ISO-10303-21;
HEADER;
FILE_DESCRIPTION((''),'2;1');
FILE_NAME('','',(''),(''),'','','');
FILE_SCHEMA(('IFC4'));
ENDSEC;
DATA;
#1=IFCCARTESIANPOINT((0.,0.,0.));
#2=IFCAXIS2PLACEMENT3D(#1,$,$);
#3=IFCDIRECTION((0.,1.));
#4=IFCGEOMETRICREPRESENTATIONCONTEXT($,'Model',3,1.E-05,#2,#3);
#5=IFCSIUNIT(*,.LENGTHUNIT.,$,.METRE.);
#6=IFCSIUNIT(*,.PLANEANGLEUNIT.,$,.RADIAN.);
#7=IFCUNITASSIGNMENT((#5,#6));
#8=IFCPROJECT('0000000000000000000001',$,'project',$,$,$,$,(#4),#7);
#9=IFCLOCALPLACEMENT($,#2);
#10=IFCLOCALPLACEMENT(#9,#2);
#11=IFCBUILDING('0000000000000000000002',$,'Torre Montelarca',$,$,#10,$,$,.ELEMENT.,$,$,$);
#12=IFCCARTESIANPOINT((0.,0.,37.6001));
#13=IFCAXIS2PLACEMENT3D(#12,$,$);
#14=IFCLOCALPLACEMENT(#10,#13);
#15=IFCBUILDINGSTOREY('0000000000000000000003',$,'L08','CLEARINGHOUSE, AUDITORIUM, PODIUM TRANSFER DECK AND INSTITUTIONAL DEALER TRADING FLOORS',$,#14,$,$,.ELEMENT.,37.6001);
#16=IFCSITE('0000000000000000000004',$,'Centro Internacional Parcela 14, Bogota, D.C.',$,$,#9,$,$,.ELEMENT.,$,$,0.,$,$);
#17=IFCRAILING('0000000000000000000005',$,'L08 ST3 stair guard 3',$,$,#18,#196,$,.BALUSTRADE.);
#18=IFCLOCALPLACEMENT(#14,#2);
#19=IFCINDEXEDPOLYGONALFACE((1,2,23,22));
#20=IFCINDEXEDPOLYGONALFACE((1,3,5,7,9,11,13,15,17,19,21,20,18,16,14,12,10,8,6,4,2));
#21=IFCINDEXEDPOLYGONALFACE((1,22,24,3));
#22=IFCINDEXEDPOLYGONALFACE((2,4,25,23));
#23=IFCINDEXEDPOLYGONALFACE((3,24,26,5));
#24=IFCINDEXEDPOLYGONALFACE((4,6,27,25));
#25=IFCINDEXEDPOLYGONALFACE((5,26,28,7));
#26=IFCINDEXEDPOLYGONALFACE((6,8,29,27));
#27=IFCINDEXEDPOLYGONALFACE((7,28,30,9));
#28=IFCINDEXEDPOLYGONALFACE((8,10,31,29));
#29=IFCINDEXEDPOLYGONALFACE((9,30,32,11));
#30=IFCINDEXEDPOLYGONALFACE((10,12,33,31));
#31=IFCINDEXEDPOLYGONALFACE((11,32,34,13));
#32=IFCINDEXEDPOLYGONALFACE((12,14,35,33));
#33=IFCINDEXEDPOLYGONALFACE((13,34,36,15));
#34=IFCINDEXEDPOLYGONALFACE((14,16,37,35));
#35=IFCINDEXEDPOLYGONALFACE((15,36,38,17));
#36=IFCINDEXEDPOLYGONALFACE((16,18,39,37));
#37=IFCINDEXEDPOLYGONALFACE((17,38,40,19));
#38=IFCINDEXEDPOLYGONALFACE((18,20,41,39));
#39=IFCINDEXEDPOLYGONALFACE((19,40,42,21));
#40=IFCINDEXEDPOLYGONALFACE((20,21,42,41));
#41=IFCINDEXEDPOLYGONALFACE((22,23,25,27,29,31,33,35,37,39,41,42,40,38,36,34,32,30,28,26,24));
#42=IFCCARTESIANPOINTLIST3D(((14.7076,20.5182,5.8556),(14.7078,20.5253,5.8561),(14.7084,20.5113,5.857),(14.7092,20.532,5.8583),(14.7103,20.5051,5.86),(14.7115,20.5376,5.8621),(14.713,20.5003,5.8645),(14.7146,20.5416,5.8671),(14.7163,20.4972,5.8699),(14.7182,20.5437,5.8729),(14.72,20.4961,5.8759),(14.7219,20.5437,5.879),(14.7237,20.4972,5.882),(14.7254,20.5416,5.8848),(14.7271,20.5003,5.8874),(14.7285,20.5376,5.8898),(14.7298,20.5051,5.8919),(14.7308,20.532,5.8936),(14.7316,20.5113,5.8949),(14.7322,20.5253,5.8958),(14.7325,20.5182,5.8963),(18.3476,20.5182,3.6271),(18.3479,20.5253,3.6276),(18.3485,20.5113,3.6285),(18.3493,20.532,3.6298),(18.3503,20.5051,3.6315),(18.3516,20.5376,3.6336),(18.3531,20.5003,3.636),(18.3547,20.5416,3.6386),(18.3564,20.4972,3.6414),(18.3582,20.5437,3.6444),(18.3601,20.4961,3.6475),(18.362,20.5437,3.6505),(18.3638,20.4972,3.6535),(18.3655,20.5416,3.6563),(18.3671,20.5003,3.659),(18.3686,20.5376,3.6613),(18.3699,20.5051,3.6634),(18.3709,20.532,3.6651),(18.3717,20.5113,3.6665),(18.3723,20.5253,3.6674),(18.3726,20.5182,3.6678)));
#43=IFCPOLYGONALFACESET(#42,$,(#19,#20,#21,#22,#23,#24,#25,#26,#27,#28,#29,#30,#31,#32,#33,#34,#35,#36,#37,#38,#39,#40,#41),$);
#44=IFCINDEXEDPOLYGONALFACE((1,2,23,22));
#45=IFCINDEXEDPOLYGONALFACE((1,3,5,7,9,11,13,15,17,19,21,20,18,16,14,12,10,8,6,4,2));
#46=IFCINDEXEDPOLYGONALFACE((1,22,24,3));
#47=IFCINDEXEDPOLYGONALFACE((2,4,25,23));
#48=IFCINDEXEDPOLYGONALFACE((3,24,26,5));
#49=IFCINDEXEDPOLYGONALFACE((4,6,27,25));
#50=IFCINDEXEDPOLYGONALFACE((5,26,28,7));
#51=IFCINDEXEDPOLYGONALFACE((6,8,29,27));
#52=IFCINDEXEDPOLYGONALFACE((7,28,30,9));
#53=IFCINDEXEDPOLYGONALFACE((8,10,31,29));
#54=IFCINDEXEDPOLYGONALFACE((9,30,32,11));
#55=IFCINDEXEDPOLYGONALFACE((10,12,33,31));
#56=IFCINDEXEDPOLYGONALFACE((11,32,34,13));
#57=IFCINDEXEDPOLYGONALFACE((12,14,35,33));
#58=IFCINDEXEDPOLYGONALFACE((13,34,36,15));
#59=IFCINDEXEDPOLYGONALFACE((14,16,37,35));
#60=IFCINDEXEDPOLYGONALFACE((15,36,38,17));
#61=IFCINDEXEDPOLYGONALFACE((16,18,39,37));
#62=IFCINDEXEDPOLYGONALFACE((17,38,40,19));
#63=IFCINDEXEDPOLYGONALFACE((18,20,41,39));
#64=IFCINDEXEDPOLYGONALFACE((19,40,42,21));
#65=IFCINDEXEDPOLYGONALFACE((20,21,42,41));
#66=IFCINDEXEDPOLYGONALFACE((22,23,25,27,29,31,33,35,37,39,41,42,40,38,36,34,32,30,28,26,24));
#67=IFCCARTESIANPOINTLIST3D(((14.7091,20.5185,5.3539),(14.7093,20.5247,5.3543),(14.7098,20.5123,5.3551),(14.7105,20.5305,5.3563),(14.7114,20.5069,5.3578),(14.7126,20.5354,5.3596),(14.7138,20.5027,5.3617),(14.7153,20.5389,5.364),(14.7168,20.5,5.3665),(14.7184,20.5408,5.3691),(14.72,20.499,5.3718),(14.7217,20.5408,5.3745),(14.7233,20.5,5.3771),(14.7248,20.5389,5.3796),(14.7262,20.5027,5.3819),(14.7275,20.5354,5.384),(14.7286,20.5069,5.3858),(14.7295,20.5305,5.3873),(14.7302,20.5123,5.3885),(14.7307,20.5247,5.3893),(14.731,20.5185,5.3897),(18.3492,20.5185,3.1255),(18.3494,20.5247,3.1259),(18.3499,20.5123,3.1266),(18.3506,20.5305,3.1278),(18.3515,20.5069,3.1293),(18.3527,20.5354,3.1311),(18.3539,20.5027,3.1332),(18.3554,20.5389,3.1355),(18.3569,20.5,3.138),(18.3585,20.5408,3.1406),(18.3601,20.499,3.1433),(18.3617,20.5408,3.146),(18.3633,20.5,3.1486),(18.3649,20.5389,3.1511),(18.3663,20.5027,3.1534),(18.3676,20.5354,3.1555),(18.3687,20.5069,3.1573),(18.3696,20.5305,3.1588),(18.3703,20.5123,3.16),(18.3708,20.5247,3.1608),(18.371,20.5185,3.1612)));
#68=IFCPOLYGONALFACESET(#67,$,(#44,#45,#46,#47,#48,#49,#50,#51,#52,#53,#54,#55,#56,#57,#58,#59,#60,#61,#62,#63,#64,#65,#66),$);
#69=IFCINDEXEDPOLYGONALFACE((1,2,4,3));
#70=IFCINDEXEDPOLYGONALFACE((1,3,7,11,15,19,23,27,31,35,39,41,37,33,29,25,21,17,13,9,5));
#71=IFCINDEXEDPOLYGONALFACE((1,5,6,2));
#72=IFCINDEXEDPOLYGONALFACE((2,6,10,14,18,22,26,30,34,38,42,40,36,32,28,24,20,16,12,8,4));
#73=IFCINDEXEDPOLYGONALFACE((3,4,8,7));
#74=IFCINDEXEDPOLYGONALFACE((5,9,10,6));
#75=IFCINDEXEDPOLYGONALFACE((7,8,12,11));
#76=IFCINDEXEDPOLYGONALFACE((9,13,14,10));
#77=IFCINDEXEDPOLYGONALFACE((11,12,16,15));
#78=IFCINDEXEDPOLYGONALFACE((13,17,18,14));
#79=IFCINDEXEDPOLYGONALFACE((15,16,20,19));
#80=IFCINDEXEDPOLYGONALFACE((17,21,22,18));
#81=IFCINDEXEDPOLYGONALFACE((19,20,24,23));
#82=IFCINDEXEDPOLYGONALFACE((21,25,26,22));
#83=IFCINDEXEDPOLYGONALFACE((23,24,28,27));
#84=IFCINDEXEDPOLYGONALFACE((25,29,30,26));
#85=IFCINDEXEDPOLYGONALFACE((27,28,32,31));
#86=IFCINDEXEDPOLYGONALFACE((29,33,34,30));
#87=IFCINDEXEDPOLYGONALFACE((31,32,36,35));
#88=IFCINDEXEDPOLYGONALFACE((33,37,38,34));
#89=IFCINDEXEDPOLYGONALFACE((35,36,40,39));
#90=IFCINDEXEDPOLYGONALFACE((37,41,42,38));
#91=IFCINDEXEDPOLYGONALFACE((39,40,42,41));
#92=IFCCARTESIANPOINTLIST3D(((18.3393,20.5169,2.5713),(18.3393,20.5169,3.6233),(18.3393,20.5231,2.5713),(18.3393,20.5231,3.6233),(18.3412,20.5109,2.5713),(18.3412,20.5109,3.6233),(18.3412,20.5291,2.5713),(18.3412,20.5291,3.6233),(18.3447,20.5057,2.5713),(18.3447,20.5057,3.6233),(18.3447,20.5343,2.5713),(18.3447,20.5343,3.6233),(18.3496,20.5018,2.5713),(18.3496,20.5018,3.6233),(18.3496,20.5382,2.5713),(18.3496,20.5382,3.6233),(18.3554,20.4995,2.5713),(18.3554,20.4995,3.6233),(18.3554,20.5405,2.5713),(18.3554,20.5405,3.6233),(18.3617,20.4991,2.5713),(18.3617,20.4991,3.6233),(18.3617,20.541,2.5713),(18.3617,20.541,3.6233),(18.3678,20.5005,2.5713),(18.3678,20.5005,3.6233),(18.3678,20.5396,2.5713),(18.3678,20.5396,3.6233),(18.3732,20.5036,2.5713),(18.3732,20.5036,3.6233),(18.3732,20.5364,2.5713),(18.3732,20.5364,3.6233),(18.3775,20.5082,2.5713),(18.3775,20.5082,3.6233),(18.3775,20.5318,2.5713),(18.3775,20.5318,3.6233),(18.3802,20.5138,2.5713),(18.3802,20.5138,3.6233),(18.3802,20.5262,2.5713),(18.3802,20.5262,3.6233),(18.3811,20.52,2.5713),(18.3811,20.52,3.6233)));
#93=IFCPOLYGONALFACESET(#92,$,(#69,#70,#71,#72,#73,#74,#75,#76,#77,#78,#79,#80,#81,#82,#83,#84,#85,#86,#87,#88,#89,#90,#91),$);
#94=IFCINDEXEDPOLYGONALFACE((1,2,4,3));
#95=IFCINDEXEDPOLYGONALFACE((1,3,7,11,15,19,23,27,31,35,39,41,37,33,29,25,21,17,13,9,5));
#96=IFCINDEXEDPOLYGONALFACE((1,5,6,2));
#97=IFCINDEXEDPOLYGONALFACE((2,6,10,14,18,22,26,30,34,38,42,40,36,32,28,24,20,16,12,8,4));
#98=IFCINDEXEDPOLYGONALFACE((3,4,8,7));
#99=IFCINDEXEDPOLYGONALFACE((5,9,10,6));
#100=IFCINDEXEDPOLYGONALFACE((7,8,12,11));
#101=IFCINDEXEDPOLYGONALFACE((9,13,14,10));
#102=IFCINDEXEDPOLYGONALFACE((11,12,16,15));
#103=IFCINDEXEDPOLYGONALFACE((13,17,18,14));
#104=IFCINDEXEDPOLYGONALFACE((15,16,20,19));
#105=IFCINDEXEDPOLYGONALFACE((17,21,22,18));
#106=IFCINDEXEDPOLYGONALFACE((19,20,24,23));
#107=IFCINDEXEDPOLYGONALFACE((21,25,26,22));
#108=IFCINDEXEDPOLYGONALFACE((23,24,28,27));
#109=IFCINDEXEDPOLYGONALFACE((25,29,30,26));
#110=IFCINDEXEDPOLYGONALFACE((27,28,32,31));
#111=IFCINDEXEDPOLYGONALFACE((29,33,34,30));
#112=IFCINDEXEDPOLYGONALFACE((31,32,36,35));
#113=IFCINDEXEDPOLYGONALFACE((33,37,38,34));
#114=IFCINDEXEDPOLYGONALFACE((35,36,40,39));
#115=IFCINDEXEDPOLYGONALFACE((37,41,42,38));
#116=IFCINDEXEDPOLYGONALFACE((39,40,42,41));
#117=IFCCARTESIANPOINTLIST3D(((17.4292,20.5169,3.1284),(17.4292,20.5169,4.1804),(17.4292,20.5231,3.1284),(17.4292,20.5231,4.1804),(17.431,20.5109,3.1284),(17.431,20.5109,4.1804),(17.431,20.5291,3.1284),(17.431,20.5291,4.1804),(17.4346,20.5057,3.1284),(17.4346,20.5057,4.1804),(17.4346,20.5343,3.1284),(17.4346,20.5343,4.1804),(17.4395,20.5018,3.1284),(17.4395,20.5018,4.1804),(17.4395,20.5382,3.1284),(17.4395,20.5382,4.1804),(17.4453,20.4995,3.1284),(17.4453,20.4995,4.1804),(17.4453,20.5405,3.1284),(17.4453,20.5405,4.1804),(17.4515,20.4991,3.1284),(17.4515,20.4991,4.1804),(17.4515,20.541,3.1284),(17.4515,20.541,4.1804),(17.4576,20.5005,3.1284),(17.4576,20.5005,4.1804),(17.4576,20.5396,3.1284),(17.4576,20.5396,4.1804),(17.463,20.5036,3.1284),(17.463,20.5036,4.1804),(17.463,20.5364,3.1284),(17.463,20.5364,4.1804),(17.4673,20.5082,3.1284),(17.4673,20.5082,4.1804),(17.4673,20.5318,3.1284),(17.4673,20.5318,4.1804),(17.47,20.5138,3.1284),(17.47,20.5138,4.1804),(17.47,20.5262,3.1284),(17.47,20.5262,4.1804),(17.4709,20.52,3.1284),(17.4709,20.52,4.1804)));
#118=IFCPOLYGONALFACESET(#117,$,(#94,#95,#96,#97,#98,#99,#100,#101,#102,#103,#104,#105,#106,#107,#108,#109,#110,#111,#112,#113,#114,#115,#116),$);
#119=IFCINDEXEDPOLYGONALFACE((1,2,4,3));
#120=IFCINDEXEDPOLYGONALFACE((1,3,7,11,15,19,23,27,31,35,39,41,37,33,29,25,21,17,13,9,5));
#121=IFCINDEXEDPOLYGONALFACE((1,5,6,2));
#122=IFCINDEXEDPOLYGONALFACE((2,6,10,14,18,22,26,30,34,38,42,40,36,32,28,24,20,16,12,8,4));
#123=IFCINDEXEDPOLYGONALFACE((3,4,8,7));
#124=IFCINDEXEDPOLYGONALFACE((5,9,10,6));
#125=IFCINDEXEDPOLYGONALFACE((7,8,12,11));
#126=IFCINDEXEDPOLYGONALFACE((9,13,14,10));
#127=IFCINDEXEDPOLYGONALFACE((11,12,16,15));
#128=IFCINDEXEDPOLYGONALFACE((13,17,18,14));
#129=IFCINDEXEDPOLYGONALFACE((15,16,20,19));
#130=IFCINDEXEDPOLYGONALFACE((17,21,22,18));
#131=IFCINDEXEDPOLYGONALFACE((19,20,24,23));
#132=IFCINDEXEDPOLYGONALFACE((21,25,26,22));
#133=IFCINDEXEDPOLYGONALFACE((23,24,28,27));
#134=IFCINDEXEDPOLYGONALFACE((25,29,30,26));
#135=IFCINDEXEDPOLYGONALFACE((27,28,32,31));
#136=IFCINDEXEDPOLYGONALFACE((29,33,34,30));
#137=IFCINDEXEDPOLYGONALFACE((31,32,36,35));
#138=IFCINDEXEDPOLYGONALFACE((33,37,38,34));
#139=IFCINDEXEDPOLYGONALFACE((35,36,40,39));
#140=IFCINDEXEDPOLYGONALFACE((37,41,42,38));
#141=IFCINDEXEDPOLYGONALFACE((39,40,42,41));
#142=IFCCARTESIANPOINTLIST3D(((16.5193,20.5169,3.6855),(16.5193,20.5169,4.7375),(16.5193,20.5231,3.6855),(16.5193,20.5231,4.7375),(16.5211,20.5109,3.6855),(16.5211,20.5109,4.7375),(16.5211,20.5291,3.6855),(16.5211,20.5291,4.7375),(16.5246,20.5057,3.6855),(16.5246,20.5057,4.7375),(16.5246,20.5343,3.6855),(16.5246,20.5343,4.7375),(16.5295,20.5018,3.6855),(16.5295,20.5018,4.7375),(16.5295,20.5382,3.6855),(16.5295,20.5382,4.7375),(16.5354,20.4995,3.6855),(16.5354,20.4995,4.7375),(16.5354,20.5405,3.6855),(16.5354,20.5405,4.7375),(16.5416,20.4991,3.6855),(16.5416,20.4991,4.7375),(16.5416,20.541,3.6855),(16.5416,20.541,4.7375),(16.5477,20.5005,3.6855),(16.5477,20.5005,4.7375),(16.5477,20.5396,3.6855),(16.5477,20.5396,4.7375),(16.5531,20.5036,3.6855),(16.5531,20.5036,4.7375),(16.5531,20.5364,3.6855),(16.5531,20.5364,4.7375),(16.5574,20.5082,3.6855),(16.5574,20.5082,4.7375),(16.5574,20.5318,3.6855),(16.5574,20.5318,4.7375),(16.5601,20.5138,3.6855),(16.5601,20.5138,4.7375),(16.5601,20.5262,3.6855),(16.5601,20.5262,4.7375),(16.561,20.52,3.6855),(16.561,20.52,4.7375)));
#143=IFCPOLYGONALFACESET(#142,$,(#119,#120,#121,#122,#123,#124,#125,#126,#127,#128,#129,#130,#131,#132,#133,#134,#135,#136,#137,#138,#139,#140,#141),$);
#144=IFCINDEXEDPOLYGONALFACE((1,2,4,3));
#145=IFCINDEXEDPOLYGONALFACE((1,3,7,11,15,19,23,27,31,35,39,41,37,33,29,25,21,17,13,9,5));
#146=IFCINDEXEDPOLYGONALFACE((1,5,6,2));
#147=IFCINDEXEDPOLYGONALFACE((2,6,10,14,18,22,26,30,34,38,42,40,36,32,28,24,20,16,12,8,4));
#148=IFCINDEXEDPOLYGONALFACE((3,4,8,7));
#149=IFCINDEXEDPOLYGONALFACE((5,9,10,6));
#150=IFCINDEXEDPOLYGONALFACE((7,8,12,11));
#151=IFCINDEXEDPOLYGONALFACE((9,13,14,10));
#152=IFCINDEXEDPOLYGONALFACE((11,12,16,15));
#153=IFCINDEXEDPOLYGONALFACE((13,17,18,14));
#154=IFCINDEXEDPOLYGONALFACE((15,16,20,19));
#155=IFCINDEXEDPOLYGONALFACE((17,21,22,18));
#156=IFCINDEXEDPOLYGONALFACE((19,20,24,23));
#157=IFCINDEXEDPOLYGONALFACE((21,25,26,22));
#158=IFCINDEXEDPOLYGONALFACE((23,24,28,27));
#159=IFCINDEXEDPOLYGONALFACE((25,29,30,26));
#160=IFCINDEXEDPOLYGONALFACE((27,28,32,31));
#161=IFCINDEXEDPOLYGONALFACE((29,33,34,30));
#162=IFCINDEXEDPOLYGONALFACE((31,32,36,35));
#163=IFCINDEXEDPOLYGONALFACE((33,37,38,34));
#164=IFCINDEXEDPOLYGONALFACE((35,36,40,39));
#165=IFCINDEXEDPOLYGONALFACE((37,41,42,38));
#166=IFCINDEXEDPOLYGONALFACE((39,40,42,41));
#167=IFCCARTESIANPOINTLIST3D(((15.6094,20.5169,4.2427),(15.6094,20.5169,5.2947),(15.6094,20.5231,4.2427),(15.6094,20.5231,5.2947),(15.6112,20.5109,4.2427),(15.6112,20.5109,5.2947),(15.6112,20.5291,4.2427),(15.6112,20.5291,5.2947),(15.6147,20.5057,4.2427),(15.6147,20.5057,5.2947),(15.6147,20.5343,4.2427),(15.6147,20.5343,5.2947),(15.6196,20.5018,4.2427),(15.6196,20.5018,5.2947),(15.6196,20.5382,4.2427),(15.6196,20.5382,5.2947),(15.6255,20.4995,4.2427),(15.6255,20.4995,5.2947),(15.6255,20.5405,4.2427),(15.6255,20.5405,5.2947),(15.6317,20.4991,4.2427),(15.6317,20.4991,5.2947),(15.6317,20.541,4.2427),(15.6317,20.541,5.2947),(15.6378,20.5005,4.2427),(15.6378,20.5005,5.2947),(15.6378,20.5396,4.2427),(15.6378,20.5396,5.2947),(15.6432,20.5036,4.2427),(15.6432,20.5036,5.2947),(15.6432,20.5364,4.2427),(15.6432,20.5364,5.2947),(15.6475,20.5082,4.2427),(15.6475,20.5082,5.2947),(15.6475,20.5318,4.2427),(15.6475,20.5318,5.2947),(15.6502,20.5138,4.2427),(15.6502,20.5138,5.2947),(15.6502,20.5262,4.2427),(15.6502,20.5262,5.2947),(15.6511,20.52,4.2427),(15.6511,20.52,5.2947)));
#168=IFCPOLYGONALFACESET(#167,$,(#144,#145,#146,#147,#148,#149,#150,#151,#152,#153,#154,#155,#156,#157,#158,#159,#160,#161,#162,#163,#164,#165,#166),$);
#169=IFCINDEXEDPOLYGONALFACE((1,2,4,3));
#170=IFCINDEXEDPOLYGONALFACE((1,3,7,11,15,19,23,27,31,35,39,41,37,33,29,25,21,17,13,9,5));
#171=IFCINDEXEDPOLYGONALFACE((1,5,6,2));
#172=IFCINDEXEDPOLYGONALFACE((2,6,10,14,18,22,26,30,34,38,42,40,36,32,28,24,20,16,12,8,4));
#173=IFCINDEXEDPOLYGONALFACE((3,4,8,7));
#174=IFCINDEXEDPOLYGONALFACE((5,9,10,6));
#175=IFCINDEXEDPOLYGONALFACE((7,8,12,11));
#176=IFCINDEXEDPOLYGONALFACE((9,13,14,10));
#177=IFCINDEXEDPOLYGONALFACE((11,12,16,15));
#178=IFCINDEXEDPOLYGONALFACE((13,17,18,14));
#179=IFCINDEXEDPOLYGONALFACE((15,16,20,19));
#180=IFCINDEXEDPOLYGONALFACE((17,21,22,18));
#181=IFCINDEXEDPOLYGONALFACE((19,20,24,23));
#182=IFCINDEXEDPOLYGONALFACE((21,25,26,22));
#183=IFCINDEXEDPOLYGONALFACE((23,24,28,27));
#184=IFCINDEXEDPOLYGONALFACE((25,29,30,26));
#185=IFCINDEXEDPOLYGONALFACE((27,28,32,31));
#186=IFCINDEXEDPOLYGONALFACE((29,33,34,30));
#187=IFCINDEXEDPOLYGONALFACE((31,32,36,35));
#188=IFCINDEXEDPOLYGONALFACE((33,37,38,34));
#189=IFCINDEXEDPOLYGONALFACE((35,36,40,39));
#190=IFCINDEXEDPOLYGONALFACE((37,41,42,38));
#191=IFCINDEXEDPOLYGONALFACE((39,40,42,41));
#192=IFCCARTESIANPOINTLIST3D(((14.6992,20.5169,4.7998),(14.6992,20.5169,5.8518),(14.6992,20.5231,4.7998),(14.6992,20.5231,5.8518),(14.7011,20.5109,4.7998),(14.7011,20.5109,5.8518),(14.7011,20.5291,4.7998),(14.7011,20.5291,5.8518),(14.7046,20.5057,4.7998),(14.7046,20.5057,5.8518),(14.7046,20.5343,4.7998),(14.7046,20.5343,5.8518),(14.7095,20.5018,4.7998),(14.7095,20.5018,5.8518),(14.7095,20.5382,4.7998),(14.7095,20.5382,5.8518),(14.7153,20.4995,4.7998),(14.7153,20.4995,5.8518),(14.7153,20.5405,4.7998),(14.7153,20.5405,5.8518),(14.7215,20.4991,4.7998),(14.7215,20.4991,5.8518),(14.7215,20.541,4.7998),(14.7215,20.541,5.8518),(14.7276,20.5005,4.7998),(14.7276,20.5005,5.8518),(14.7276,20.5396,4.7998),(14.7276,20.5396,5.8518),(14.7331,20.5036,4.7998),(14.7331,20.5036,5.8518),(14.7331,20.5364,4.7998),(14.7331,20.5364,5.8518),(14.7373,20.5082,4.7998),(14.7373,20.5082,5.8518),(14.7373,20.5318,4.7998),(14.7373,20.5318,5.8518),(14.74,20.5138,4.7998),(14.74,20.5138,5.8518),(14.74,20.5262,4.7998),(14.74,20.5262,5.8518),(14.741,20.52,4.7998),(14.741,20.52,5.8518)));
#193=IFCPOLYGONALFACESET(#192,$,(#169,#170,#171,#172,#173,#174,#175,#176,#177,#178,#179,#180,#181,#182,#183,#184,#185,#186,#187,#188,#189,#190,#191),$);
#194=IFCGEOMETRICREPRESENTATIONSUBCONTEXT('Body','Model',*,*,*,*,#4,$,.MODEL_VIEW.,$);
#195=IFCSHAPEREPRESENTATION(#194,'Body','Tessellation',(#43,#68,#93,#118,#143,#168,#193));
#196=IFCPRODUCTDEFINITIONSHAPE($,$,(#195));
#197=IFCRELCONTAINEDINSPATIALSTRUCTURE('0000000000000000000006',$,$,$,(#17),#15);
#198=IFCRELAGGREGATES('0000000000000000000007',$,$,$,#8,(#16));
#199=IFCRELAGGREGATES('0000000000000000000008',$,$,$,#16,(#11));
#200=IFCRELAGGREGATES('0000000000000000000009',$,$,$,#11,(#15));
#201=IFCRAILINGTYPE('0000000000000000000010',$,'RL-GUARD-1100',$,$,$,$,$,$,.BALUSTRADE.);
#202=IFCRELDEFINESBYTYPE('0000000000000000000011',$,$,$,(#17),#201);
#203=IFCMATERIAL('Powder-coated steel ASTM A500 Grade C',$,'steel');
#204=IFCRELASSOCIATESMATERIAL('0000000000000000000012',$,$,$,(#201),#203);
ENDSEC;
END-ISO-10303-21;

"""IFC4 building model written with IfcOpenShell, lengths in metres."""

from ifc_helpers import new_model, si_unit, direction, frame, origin, origin_2d, place, context, subcontext, project, spatial, circle, extrude, material, type_object, element, save


model = new_model("IFC4")

# Units and contexts
model_context = context("Model", 3, precision=1e-05, world=origin(), true_north=direction((0.0, 1.0)))
body_context = subcontext(model_context, "Body", "Model", "MODEL_VIEW")
ifc_project = project(units=[si_unit("LENGTHUNIT", "METRE"), si_unit("PLANEANGLEUNIT", "RADIAN")], contexts=[model_context])

# Site, building, storey
site_placement = place(None, origin())
site = spatial("IfcSite", under=ifc_project, at=site_placement, Name="Centro Internacional Parcela 14, Bogota, D.C.", CompositionType="ELEMENT", RefElevation=0.0)
building_placement = place(site_placement, origin())
building = spatial("IfcBuilding", under=site, at=building_placement, Name="Torre Montelarca", CompositionType="ELEMENT")
storey_placement = place(building_placement, frame((0.0, 0.0, 37.6001)))
storey = spatial("IfcBuildingStorey", under=building, at=storey_placement, Name="L08", Description="CLEARINGHOUSE, AUDITORIUM, PODIUM TRANSFER DECK AND INSTITUTIONAL DEALER TRADING FLOORS", CompositionType="ELEMENT", Elevation=37.6001)

# Railing
ifc_material_1 = material(Name="Powder-coated steel ASTM A500 Grade C", Category="steel")
railing_type_1 = type_object("IfcRailingType", Name="RL-GUARD-1100", PredefinedType="BALUSTRADE", material=ifc_material_1)
railing_1_placement = place(storey_placement, frame((18.3601, 20.52, 2.5713)))
element("IfcRailing", 1, at=railing_1_placement, inside=storey, type_object=railing_type_1, Name="L08 ST3 stair guard 3", PredefinedType="BALUSTRADE", context=body_context, shape_type="SweptSolid", body=[
    extrude(circle(Radius=0.0239, at=origin_2d()), frame((0.0, 0.0, 1.0762), z_axis=(-0.852866, 0.0, 0.52213), x_axis=(0.0, -1.0, 0.0)), (0.0, 0.0, 1.0), 4.2681),
    extrude(circle(Radius=0.021, at=origin_2d()), frame((0.0, 0.0, 0.572), z_axis=(-0.852866, 0.0, 0.52213), x_axis=(0.0, -1.0, 0.0)), (0.0, 0.0, 1.0), 4.2681),
    extrude(circle(Radius=0.021, at=origin_2d()), origin(), (0.0, 0.0, 1.0), 1.052),
    extrude(circle(Radius=0.021, at=origin_2d()), frame((-0.9102, 0.0, 0.5571)), (0.0, 0.0, 1.0), 1.052),
    extrude(circle(Radius=0.021, at=origin_2d()), frame((-1.8201, 0.0, 1.1143)), (0.0, 0.0, 1.0), 1.052),
    extrude(circle(Radius=0.021, at=origin_2d()), frame((-2.73, 0.0, 1.6714)), (0.0, 0.0, 1.0), 1.052),
    extrude(circle(Radius=0.021, at=origin_2d()), frame((-3.6401, 0.0, 2.2285)), (0.0, 0.0, 1.0), 1.052),
])

save(model, "model.ifc")
